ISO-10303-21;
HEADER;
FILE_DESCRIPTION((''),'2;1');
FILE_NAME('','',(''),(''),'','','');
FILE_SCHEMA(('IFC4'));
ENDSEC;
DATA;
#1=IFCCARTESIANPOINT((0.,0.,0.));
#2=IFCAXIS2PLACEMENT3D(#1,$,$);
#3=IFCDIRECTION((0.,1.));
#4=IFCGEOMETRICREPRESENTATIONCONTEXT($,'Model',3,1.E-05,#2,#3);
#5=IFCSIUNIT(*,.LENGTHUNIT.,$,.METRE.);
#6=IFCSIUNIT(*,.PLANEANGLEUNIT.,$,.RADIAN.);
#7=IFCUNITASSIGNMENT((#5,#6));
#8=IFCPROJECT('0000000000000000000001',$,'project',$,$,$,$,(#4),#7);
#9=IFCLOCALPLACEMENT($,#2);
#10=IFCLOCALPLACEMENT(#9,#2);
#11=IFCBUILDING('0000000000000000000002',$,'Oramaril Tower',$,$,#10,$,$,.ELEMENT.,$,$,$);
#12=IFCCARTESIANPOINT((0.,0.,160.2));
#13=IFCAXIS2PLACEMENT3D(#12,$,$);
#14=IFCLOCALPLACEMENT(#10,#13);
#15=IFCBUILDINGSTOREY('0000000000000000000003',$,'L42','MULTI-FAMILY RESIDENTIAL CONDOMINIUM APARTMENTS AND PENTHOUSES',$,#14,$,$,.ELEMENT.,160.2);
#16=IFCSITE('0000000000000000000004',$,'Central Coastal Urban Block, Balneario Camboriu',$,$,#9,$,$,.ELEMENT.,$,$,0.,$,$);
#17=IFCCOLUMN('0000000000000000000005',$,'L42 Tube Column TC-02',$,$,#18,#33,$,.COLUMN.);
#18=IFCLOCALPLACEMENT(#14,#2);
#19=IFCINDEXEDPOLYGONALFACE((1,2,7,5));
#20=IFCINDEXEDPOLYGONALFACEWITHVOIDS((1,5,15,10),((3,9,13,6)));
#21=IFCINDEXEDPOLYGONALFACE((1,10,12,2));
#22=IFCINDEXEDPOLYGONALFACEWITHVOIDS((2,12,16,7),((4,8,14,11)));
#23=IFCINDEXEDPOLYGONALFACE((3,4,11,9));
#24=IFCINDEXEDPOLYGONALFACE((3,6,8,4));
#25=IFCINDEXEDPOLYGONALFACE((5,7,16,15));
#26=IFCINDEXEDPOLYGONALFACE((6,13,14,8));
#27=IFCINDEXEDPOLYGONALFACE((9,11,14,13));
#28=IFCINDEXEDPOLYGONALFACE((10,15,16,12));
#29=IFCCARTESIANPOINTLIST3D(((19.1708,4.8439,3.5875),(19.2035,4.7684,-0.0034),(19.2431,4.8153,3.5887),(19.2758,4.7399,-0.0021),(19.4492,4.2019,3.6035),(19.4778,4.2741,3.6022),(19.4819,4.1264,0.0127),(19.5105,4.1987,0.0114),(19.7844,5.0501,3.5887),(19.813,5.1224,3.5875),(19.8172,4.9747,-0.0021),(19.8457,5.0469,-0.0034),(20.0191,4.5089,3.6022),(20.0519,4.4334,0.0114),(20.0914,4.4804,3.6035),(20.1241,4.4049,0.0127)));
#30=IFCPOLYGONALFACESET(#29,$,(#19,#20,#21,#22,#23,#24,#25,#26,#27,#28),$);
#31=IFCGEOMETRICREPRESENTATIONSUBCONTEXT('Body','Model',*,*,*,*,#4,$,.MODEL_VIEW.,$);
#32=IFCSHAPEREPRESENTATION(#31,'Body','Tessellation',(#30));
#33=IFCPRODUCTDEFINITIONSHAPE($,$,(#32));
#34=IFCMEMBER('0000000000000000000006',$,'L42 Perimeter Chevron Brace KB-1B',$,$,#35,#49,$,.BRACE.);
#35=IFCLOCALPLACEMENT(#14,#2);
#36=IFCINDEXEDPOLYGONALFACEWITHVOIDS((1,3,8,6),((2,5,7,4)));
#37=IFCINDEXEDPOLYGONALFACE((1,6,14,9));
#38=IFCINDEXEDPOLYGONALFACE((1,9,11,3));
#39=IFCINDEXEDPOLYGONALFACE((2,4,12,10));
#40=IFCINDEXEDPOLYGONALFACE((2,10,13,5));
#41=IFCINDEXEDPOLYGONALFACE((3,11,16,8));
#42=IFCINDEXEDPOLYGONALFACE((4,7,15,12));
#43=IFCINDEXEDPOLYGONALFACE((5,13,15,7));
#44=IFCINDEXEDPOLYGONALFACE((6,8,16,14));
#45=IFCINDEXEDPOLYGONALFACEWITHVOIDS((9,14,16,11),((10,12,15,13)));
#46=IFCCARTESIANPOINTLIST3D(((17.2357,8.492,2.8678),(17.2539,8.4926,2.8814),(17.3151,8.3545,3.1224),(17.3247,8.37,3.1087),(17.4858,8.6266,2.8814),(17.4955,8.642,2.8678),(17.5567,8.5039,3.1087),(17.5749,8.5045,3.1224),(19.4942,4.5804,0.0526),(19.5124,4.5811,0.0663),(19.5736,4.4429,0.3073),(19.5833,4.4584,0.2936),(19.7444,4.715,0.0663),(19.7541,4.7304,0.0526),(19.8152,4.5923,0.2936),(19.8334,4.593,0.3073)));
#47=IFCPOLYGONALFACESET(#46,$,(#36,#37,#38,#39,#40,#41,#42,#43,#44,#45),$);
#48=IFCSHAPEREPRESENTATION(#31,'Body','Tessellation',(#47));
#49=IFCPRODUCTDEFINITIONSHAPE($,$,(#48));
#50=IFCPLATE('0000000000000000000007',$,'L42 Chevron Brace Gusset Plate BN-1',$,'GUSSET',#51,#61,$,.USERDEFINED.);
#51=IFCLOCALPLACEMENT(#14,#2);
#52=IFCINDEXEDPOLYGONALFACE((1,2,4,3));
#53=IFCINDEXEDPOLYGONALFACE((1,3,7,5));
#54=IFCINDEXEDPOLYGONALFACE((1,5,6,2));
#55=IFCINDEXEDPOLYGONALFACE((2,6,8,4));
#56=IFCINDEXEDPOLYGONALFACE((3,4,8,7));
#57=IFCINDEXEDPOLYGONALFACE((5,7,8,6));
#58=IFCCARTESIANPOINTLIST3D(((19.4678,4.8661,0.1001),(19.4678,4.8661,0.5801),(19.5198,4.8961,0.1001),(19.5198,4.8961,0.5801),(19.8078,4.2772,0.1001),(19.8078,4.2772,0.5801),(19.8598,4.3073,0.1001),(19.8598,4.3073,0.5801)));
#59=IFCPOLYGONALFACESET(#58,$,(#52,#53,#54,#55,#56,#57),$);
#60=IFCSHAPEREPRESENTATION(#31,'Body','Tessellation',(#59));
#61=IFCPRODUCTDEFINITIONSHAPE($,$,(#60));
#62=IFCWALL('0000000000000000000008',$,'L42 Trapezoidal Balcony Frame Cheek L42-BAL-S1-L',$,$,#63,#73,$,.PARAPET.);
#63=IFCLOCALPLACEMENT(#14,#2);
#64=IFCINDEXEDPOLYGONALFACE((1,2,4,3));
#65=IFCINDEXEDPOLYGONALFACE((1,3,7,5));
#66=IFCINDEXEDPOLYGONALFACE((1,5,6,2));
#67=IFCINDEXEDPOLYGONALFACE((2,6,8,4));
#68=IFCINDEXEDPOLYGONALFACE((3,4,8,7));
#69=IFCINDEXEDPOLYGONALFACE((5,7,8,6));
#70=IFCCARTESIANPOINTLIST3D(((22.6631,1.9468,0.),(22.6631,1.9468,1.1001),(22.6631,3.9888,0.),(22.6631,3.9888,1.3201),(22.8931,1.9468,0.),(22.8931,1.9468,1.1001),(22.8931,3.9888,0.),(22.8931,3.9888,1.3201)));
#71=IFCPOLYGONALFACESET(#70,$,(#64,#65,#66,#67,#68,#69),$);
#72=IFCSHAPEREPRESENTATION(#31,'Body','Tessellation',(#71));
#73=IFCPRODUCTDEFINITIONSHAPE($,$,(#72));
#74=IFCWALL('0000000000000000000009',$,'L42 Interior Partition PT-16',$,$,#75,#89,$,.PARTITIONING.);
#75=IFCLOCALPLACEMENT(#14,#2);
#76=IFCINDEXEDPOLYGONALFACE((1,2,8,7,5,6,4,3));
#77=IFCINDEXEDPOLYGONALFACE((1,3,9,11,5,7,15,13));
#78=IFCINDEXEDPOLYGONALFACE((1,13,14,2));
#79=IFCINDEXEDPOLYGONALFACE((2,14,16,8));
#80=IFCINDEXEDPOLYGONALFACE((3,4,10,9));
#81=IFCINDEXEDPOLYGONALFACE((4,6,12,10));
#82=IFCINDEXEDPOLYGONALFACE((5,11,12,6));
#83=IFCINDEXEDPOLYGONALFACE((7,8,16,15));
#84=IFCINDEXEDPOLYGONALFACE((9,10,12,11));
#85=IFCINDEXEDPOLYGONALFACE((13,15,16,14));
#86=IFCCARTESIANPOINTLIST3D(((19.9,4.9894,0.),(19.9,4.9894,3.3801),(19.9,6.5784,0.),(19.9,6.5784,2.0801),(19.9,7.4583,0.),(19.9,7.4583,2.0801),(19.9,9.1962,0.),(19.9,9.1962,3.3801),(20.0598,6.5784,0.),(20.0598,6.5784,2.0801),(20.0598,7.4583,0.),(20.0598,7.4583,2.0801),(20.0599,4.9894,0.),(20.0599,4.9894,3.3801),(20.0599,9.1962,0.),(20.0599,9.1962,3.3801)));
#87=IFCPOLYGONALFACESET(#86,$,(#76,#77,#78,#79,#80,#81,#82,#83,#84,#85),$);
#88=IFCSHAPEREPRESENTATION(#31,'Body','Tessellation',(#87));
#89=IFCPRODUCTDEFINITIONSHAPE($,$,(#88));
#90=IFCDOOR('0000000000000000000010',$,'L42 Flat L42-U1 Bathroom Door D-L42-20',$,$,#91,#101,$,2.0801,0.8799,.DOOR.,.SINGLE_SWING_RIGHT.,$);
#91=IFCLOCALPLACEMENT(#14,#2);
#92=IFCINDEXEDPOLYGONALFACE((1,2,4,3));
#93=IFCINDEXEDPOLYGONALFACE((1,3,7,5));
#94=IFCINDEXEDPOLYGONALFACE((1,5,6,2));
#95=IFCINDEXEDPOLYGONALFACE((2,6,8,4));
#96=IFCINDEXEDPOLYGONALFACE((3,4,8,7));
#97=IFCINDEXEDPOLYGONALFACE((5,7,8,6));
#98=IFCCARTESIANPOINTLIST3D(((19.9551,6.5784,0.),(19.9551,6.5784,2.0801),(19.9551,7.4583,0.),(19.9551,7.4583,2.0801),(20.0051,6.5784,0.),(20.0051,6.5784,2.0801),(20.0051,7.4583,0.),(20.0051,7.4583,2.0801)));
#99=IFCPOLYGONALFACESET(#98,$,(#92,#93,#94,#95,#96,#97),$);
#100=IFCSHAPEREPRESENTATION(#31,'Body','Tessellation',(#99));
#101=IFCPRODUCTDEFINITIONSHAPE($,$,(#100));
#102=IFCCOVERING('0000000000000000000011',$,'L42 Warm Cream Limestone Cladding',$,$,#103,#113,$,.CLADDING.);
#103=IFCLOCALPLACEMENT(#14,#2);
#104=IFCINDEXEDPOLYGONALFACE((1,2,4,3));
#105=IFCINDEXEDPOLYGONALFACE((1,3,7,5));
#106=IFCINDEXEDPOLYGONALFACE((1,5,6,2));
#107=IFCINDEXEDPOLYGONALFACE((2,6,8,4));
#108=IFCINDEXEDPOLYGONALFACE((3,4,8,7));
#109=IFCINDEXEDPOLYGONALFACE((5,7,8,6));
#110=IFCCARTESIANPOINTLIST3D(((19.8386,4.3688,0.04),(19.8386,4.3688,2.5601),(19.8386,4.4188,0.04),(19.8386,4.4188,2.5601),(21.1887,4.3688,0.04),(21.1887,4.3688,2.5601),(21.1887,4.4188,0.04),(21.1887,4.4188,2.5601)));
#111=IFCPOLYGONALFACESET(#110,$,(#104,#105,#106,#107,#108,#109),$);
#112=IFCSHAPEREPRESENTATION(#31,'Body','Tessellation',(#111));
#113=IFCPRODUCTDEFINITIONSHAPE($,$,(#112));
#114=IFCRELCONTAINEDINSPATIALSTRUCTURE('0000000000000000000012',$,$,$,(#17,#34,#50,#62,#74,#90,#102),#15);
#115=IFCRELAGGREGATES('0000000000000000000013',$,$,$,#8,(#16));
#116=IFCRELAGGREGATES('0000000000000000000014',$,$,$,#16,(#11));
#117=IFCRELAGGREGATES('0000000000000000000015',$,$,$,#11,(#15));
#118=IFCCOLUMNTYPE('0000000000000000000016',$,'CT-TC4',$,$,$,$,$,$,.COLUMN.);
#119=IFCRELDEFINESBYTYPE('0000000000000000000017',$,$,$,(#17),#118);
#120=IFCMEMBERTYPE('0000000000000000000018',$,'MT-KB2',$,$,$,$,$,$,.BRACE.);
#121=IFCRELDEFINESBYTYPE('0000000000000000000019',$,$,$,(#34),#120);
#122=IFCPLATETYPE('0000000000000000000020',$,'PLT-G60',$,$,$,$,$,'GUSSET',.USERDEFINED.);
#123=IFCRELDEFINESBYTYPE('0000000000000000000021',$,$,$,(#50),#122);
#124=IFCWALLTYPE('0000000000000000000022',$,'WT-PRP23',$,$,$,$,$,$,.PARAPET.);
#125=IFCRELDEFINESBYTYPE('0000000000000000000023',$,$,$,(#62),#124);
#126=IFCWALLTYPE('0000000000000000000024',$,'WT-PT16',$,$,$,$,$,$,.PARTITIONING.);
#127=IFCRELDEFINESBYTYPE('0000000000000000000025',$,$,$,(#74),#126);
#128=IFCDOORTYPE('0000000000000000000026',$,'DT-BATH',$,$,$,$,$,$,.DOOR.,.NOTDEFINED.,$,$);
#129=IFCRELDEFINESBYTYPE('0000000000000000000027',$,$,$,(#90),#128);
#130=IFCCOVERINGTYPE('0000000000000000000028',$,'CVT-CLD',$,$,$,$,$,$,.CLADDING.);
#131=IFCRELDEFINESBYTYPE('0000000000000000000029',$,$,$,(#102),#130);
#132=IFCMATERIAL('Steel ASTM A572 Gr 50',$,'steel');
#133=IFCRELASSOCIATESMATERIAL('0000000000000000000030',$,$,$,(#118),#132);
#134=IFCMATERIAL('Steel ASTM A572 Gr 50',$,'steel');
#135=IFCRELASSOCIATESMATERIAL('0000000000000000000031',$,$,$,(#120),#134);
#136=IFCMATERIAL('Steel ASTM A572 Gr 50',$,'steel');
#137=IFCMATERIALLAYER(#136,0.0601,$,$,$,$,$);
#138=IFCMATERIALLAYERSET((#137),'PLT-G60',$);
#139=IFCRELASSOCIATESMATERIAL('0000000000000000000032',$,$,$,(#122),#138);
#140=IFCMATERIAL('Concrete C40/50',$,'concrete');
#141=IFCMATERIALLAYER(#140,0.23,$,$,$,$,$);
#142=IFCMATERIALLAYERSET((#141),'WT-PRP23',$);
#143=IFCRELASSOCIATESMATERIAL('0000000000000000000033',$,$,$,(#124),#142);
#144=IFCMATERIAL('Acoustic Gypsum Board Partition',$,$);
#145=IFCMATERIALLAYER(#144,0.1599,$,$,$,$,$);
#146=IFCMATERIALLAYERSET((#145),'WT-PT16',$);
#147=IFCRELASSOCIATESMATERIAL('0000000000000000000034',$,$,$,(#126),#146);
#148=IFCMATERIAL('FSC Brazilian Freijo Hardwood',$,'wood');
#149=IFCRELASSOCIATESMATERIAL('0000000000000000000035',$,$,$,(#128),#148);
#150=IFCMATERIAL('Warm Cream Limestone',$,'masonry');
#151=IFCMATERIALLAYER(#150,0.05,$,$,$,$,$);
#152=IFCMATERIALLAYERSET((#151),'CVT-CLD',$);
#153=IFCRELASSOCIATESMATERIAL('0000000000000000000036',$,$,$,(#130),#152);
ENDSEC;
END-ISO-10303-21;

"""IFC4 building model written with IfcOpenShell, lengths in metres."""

from ifc_helpers import new_model, si_unit, direction, frame, frame_2d, origin, origin_2d, place, context, subcontext, project, spatial, polyline, rectangle, hollow_rectangle, outline, extrude, material, layer, layer_set, material_profile, profile_set, type_object, element, fill, save


model = new_model("IFC4")

# Units and contexts
model_context = context("Model", 3, precision=1e-05, world=origin(), true_north=direction((0.0, 1.0)))
body_context = subcontext(model_context, "Body", "Model", "MODEL_VIEW")
ifc_project = project(units=[si_unit("LENGTHUNIT", "METRE"), si_unit("PLANEANGLEUNIT", "RADIAN")], contexts=[model_context])

# Site, building, storey
site_placement = place(None, origin())
site = spatial("IfcSite", under=ifc_project, at=site_placement, Name="Central Coastal Urban Block, Balneario Camboriu", CompositionType="ELEMENT", RefElevation=0.0)
building_placement = place(site_placement, origin())
building = spatial("IfcBuilding", under=site, at=building_placement, Name="Oramaril Tower", CompositionType="ELEMENT")
storey_placement = place(building_placement, frame((0.0, 0.0, 160.2)))
storey = spatial("IfcBuildingStorey", under=building, at=storey_placement, Name="L42", Description="MULTI-FAMILY RESIDENTIAL CONDOMINIUM APARTMENTS AND PENTHOUSES", CompositionType="ELEMENT", Elevation=160.2)

# Column
ifc_material_1 = material(Name="Steel ASTM A572 Gr 50", Category="steel")
ifc_material_profile_1 = material_profile(ifc_material_1, hollow_rectangle(XDim=0.7, YDim=0.7, WallThickness=0.0549, at=origin_2d()), Name="BOX700X700X55")
ifc_profile_set_1 = profile_set([ifc_material_profile_1], Name="Steel ASTM A572 Gr 50")
column_type = type_object("IfcColumnType", Name="CT-TC4", PredefinedType="COLUMN", material=ifc_profile_set_1)
column_placement = place(storey_placement, frame((19.6638, 4.5867, 0.0046), z_axis=(-0.009108, 0.021003, 0.999738), x_axis=(-0.917447, -0.397857, 0.0)))
element("IfcColumn", 1, at=column_placement, inside=storey, type_object=column_type, Name="L42 Tube Column TC-02", PredefinedType="COLUMN", context=body_context, shape_type="SweptSolid", body=[
    extrude(hollow_rectangle(XDim=0.7, YDim=0.7, WallThickness=0.0549, at=origin_2d()), origin(), (0.0, 0.0, 1.0), 3.5918),
])

# Member
ifc_material_2 = material(Name="Steel ASTM A572 Gr 50", Category="steel")
ifc_material_profile_2 = material_profile(ifc_material_2, hollow_rectangle(XDim=0.3, YDim=0.3, WallThickness=0.0161, at=origin_2d()), Name="HSS300X300X16")
ifc_profile_set_2 = profile_set([ifc_material_profile_2], Name="Steel ASTM A572 Gr 50")
member_type = type_object("IfcMemberType", Name="MT-KB2", PredefinedType="BRACE", material=ifc_profile_set_2)
member_placement = place(storey_placement, frame((19.6638, 4.5867, 0.1799), z_axis=(-0.424354, 0.734947, 0.52894), x_axis=(-0.866009, -0.500028, 0.0)))
element("IfcMember", 2, at=member_placement, inside=storey, type_object=member_type, Name="L42 Perimeter Chevron Brace KB-1B", PredefinedType="BRACE", context=body_context, shape_type="SweptSolid", body=[
    extrude(hollow_rectangle(XDim=0.3, YDim=0.3, WallThickness=0.0161, at=origin_2d()), origin(), (0.0, 0.0, 1.0), 5.3223),
])

# Plate
ifc_material_3 = material(Name="Steel ASTM A572 Gr 50", Category="steel")
ifc_layer_1 = layer(ifc_material_3, 0.0601)
ifc_layer_set_1 = layer_set([ifc_layer_1], Name="PLT-G60")
plate_type = type_object("IfcPlateType", Name="PLT-G60", ElementType="GUSSET", PredefinedType="USERDEFINED", material=ifc_layer_set_1)
plate_placement = place(storey_placement, frame((19.6638, 4.5867, 0.1001), z_axis=(0.0, 0.0, 1.0), x_axis=(0.500002, -0.866025, 0.0)))
element("IfcPlate", 3, at=plate_placement, inside=storey, type_object=plate_type, Name="L42 Chevron Brace Gusset Plate BN-1", ObjectType="GUSSET", PredefinedType="USERDEFINED", context=body_context, shape_type="SweptSolid", body=[
    extrude(rectangle(XDim=0.6799, YDim=0.0601, at=origin_2d()), origin(), (0.0, 0.0, 1.0), 0.48),
])

# Wall
ifc_material_4 = material(Name="Concrete C40/50", Category="concrete")
ifc_layer_2 = layer(ifc_material_4, 0.23)
ifc_layer_set_2 = layer_set([ifc_layer_2], Name="WT-PRP23")
wall_type_1 = type_object("IfcWallType", Name="WT-PRP23", PredefinedType="PARAPET", material=ifc_layer_set_2)
wall_1_placement = place(storey_placement, frame((22.7781, 3.9888, 0.0), z_axis=(0.0, 0.0, 1.0), x_axis=(0.0, -1.0, 0.0)))
element("IfcWall", 4, at=wall_1_placement, inside=storey, type_object=wall_type_1, Name="L42 Trapezoidal Balcony Frame Cheek L42-BAL-S1-L", PredefinedType="PARAPET", context=body_context, shape_type="SweptSolid", body=[
    extrude(outline(polyline([(0.0, 0.0), (2.042, 0.0), (2.042, 1.1001), (0.0, 1.3201), (0.0, 0.0)])), frame((0.0, 0.115, 0.0), z_axis=(0.0, -1.0, 0.0), x_axis=(1.0, 0.0, 0.0)), (0.0, 0.0, 1.0), 0.23),
])

# Wall, opening, door
ifc_material_5 = material(Name="Acoustic Gypsum Board Partition")
ifc_layer_3 = layer(ifc_material_5, 0.1599)
ifc_layer_set_3 = layer_set([ifc_layer_3], Name="WT-PT16")
wall_type_2 = type_object("IfcWallType", Name="WT-PT16", PredefinedType="PARTITIONING", material=ifc_layer_set_3)
wall_2_placement = place(storey_placement, frame((19.98, 4.9893, 0.0), z_axis=(0.0, 0.0, 1.0), x_axis=(0.0, 1.0, 0.0)))
wall_2 = element("IfcWall", 5, at=wall_2_placement, inside=storey, type_object=wall_type_2, Name="L42 Interior Partition PT-16", PredefinedType="PARTITIONING", context=body_context, shape_type="SweptSolid", body=[
    extrude(rectangle(XDim=4.2068, YDim=0.1599, at=frame_2d((2.1035, 0.0))), origin(), (0.0, 0.0, 1.0), 3.3801),
])
opening_1_placement = place(wall_2_placement, frame((1.5891, 0.0, 0.0)))
opening_1 = element("IfcOpeningElement", 6, at=opening_1_placement, cuts=wall_2, PredefinedType="OPENING", context=body_context, shape_type="SweptSolid", body=[
    extrude(rectangle(XDim=0.8799, YDim=2.0801, at=frame_2d((0.4399, 1.04))), frame((0.0, 0.0801, 0.0), z_axis=(0.0, -1.0, 0.0), x_axis=(1.0, 0.0, 0.0)), (0.0, 0.0, 1.0), 0.1599),
])
ifc_material_6 = material(Name="FSC Brazilian Freijo Hardwood", Category="wood")
door_type_1 = type_object("IfcDoorType", Name="DT-BATH", OperationType="NOTDEFINED", PredefinedType="DOOR", material=ifc_material_6)
door_1_placement = place(opening_1_placement, origin())
door_1 = element("IfcDoor", 7, at=door_1_placement, inside=storey, type_object=door_type_1, Name="L42 Flat L42-U1 Bathroom Door D-L42-20", OperationType="SINGLE_SWING_RIGHT", OverallHeight=2.0801, OverallWidth=0.8799, PredefinedType="DOOR", context=body_context, shape_type="SweptSolid", body=[
    extrude(rectangle(XDim=0.8799, YDim=2.0801, at=frame_2d((0.4399, 1.04))), frame((0.0, 0.0249, 0.0), z_axis=(0.0, -1.0, 0.0), x_axis=(1.0, 0.0, 0.0)), (0.0, 0.0, 1.0), 0.05),
])
fill(opening_1, door_1)

# Covering
ifc_material_7 = material(Name="Warm Cream Limestone", Category="masonry")
ifc_layer_4 = layer(ifc_material_7, 0.05)
ifc_layer_set_4 = layer_set([ifc_layer_4], Name="CVT-CLD")
covering_type = type_object("IfcCoveringType", Name="CVT-CLD", PredefinedType="CLADDING", material=ifc_layer_set_4)
covering_placement = place(storey_placement, frame((20.5137, 4.3938, 0.04), z_axis=(0.0, 0.0, 1.0), x_axis=(1.0, 0.0, 0.0)))
element("IfcCovering", 8, at=covering_placement, inside=storey, type_object=covering_type, Name="L42 Warm Cream Limestone Cladding", PredefinedType="CLADDING", context=body_context, shape_type="SweptSolid", body=[
    extrude(rectangle(XDim=1.3501, YDim=0.05, at=origin_2d()), origin(), (0.0, 0.0, 1.0), 2.52),
])

save(model, "model.ifc")
